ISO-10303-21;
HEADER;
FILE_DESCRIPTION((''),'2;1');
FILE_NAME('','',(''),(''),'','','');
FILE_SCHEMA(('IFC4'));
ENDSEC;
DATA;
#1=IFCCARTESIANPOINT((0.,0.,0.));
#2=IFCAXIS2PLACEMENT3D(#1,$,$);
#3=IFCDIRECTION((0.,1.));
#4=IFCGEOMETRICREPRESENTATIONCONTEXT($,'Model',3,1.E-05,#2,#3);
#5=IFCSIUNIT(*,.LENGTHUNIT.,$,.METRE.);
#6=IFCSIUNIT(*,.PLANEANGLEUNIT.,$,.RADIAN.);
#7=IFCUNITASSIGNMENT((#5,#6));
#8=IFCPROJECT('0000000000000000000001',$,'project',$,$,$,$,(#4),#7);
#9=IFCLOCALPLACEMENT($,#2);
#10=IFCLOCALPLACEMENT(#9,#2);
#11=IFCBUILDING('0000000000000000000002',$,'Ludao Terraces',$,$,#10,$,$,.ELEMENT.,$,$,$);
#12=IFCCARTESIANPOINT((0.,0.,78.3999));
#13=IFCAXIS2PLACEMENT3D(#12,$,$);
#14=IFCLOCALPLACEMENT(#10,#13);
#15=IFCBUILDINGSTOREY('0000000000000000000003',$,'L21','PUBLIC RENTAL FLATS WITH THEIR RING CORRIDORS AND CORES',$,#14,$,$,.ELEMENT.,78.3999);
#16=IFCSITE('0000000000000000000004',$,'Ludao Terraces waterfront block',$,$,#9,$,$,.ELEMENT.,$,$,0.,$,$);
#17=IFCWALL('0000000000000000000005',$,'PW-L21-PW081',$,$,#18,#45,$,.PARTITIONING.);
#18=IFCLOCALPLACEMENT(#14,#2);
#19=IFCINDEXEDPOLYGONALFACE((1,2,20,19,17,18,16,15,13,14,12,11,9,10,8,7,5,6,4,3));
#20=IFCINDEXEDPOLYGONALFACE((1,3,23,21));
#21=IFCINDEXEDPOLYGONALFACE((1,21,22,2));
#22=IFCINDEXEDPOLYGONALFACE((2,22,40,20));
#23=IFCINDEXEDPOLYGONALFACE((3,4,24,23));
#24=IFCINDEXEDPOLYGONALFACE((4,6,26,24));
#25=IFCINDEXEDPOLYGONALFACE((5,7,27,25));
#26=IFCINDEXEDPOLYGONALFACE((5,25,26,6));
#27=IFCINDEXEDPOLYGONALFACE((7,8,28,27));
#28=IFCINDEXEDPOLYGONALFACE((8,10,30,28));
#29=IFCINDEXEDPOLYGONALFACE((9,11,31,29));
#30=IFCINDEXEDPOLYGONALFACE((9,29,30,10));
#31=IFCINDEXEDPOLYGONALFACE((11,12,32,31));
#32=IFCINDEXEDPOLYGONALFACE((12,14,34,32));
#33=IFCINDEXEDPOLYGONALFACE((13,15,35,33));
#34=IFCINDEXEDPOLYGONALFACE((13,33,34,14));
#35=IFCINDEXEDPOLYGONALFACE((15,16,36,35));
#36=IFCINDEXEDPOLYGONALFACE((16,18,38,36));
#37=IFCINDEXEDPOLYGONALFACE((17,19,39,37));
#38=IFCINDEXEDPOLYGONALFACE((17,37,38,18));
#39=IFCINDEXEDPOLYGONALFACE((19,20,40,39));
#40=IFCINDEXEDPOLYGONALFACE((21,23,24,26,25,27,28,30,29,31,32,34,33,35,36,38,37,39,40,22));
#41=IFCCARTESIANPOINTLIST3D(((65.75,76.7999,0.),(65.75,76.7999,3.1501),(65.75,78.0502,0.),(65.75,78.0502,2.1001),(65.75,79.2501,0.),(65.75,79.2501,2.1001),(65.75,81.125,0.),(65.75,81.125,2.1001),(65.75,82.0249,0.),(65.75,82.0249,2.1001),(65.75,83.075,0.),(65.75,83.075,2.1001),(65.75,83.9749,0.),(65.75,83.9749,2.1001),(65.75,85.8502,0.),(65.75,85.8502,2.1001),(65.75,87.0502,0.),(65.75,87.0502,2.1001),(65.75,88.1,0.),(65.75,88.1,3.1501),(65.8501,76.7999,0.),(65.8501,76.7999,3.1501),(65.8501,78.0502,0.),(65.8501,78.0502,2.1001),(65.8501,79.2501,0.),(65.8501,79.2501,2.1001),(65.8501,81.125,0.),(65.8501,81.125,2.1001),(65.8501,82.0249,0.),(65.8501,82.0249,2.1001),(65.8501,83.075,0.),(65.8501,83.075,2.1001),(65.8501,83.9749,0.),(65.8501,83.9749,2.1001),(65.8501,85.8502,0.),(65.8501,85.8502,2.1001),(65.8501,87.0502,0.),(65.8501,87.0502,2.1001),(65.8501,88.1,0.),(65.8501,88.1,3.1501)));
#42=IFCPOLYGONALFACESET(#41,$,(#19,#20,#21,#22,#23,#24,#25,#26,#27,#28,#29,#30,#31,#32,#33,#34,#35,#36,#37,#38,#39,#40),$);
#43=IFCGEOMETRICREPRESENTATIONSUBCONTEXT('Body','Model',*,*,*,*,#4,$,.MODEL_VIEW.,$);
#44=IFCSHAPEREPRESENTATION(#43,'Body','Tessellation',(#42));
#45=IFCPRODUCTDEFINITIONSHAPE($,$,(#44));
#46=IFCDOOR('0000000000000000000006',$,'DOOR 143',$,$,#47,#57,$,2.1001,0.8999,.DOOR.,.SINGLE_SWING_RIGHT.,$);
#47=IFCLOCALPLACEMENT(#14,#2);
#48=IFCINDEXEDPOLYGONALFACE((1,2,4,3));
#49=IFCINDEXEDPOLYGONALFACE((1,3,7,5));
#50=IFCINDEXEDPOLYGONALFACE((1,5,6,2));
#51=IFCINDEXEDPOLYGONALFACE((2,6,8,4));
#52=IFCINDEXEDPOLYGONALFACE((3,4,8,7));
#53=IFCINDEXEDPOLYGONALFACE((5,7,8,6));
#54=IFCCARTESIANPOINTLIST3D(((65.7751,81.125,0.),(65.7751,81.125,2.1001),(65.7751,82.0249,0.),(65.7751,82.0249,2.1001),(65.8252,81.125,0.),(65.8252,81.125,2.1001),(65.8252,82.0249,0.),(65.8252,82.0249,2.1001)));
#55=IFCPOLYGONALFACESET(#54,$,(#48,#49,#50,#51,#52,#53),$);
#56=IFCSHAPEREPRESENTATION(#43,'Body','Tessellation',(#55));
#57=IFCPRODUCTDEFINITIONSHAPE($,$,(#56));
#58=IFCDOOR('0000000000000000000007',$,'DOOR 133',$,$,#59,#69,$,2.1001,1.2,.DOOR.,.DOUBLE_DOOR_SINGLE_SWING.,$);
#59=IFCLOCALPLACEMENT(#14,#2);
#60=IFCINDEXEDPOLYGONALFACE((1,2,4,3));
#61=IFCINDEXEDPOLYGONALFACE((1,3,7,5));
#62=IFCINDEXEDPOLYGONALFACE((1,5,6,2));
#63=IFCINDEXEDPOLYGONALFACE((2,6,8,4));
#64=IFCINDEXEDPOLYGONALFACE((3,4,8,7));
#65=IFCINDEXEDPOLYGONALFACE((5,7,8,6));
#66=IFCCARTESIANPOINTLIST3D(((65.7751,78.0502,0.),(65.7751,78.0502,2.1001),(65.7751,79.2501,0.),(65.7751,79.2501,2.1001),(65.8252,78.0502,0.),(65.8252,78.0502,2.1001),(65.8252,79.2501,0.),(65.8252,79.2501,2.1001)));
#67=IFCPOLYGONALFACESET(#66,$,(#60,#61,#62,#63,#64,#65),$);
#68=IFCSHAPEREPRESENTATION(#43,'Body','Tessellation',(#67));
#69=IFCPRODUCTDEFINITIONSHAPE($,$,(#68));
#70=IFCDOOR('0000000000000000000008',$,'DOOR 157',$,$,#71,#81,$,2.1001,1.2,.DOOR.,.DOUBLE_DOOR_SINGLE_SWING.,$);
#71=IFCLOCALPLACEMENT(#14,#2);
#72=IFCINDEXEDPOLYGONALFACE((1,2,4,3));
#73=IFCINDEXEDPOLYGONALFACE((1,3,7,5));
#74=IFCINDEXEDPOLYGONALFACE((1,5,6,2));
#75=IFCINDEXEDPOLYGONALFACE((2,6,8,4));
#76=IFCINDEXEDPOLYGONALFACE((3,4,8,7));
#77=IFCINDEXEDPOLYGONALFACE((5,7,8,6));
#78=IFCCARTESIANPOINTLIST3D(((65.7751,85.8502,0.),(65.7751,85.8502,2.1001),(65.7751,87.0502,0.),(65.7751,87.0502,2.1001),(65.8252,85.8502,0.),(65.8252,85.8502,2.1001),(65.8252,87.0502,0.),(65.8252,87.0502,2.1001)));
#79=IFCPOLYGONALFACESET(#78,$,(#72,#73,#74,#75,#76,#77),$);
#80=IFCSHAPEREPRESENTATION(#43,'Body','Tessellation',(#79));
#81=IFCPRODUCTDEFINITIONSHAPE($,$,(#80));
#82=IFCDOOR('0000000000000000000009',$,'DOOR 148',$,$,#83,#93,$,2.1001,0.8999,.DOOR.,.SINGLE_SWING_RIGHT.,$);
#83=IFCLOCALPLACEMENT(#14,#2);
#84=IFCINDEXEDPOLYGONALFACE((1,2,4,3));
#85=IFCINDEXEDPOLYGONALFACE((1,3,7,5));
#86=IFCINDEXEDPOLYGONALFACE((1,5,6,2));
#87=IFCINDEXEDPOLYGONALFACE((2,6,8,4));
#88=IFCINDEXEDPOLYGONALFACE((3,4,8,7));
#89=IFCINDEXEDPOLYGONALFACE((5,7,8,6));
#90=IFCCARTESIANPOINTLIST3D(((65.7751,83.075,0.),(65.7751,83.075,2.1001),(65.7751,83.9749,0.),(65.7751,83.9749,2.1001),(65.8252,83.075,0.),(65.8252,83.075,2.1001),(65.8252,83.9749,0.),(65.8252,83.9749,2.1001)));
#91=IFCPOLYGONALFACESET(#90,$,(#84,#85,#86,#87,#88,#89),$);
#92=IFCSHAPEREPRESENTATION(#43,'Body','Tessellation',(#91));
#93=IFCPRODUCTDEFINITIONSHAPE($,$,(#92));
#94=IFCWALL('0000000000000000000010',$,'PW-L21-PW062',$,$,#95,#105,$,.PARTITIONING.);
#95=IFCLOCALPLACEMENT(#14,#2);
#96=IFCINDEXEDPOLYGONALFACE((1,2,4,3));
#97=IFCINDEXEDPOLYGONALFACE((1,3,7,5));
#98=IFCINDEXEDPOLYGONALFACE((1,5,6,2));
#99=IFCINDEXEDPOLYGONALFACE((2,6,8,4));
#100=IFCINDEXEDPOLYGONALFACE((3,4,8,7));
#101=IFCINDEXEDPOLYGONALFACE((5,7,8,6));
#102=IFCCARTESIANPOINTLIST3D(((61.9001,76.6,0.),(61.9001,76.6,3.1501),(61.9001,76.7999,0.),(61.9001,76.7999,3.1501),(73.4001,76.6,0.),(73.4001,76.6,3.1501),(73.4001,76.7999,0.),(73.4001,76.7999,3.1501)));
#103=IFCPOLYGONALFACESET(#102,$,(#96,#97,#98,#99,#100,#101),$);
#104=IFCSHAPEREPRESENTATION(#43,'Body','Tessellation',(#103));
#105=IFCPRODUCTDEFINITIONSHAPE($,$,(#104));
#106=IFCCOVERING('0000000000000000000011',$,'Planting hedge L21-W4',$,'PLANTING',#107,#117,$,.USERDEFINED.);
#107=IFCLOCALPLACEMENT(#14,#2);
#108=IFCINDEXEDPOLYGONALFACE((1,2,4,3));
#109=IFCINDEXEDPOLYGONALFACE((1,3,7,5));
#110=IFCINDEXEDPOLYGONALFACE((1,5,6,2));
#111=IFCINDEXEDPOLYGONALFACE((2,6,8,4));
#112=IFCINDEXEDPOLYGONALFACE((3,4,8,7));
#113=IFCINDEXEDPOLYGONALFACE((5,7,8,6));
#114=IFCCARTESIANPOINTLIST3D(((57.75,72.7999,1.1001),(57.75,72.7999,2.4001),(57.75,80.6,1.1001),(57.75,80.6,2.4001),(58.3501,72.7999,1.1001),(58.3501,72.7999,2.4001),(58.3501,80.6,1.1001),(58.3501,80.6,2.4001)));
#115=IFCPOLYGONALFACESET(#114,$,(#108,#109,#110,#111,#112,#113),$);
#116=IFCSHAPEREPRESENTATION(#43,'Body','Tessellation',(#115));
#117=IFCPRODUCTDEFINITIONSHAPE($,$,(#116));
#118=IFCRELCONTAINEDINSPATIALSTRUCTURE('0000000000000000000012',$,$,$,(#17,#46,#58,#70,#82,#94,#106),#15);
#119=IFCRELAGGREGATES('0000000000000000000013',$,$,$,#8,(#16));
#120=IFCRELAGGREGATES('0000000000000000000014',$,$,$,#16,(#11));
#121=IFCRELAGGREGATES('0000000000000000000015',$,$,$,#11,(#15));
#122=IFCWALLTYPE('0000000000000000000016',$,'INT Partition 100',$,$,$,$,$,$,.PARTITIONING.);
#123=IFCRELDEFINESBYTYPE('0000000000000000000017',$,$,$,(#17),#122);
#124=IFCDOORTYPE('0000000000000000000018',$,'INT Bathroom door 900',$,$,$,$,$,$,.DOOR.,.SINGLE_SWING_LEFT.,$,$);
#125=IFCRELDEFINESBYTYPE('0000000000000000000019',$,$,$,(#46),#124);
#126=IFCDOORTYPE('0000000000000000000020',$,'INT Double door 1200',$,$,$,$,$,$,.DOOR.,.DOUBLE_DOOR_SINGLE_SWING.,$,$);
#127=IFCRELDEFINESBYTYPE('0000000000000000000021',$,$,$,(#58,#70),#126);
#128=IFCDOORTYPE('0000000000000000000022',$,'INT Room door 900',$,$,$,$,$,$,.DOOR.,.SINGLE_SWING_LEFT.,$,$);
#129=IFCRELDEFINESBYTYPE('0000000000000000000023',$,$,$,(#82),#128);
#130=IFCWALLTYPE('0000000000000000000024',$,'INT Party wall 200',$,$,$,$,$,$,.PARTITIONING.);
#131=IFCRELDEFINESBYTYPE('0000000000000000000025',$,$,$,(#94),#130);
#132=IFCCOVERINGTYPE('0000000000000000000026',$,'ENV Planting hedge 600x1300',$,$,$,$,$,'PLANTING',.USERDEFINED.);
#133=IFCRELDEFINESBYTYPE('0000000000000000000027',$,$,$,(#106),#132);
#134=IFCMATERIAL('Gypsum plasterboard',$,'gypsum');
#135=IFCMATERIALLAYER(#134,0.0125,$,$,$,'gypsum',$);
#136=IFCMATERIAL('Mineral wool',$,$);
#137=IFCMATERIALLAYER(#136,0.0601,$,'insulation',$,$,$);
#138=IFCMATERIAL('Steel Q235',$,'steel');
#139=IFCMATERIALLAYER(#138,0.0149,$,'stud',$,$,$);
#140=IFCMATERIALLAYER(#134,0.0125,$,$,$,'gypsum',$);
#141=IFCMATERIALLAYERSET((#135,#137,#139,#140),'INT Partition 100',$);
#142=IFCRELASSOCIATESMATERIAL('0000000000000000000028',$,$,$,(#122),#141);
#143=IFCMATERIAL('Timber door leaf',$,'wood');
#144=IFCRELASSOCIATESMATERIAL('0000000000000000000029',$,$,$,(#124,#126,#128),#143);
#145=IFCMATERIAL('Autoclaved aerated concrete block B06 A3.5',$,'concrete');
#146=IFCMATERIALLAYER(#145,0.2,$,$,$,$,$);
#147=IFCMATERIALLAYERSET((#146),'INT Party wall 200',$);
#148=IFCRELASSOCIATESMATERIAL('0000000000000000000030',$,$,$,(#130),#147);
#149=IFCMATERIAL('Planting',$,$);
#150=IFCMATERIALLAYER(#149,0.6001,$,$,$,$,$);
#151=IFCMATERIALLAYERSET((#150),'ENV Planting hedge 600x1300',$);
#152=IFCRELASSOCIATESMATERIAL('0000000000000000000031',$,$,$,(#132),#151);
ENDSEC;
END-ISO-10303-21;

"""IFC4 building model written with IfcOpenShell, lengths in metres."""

from ifc_helpers import new_model, si_unit, direction, frame, frame_2d, origin, origin_2d, place, context, subcontext, project, spatial, rectangle, extrude, material, layer, layer_set, type_object, element, fill, save


model = new_model("IFC4")

# Units and contexts
model_context = context("Model", 3, precision=1e-05, world=origin(), true_north=direction((0.0, 1.0)))
body_context = subcontext(model_context, "Body", "Model", "MODEL_VIEW")
ifc_project = project(units=[si_unit("LENGTHUNIT", "METRE"), si_unit("PLANEANGLEUNIT", "RADIAN")], contexts=[model_context])

# Site, building, storey
site_placement = place(None, origin())
site = spatial("IfcSite", under=ifc_project, at=site_placement, Name="Ludao Terraces waterfront block", CompositionType="ELEMENT", RefElevation=0.0)
building_placement = place(site_placement, origin())
building = spatial("IfcBuilding", under=site, at=building_placement, Name="Ludao Terraces", CompositionType="ELEMENT")
storey_placement = place(building_placement, frame((0.0, 0.0, 78.3999)))
storey = spatial("IfcBuildingStorey", under=building, at=storey_placement, Name="L21", Description="PUBLIC RENTAL FLATS WITH THEIR RING CORRIDORS AND CORES", CompositionType="ELEMENT", Elevation=78.3999)

# Shared definitions
ifc_material_1 = material(Name="Mineral wool")

# Shared definitions
ifc_material_2 = material(Name="Gypsum plasterboard", Category="gypsum")
ifc_layer_1 = layer(ifc_material_2, 0.0125, Category="gypsum")
ifc_layer_2 = layer(ifc_material_1, 0.0601, Name="insulation")
ifc_material_3 = material(Name="Steel Q235", Category="steel")
ifc_layer_3 = layer(ifc_material_3, 0.0149, Name="stud")
ifc_layer_4 = layer(ifc_material_2, 0.0125, Category="gypsum")
ifc_layer_set_1 = layer_set([ifc_layer_1, ifc_layer_2, ifc_layer_3, ifc_layer_4], Name="INT Partition 100")
wall_type_1 = type_object("IfcWallType", Name="INT Partition 100", PredefinedType="PARTITIONING", material=ifc_layer_set_1)

# Wall, openings, doors
wall_1_placement = place(storey_placement, frame((65.8, 76.8, 0.0), z_axis=(0.0, 0.0, 1.0), x_axis=(0.0, 1.0, 0.0)))
wall_1 = element("IfcWall", 1, at=wall_1_placement, inside=storey, type_object=wall_type_1, Name="PW-L21-PW081", PredefinedType="PARTITIONING", context=body_context, shape_type="SweptSolid", body=[
    extrude(rectangle(XDim=11.3, YDim=0.1001, at=frame_2d((5.6499, 0.0))), origin(), (0.0, 0.0, 1.0), 3.1501),
])
opening_1_placement = place(wall_1_placement, frame((1.25, 0.0, 0.0)))
opening_1 = element("IfcOpeningElement", 2, at=opening_1_placement, cuts=wall_1, PredefinedType="OPENING", context=body_context, shape_type="SweptSolid", body=[
    extrude(rectangle(XDim=1.2, YDim=2.1001, at=frame_2d((0.6001, 1.05))), frame((0.0, 0.0601, 0.0), z_axis=(0.0, -1.0, 0.0), x_axis=(1.0, 0.0, 0.0)), (0.0, 0.0, 1.0), 0.1201),
])
opening_2_placement = place(wall_1_placement, frame((4.325, 0.0, 0.0)))
opening_2 = element("IfcOpeningElement", 3, at=opening_2_placement, cuts=wall_1, PredefinedType="OPENING", context=body_context, shape_type="SweptSolid", body=[
    extrude(rectangle(XDim=0.8999, YDim=2.1001, at=frame_2d((0.45, 1.05))), frame((0.0, 0.0601, 0.0), z_axis=(0.0, -1.0, 0.0), x_axis=(1.0, 0.0, 0.0)), (0.0, 0.0, 1.0), 0.1201),
])
opening_3_placement = place(wall_1_placement, frame((6.2749, 0.0, 0.0)))
opening_3 = element("IfcOpeningElement", 4, at=opening_3_placement, cuts=wall_1, PredefinedType="OPENING", context=body_context, shape_type="SweptSolid", body=[
    extrude(rectangle(XDim=0.8999, YDim=2.1001, at=frame_2d((0.45, 1.05))), frame((0.0, 0.0601, 0.0), z_axis=(0.0, -1.0, 0.0), x_axis=(1.0, 0.0, 0.0)), (0.0, 0.0, 1.0), 0.1201),
])
opening_4_placement = place(wall_1_placement, frame((9.05, 0.0, 0.0)))
opening_4 = element("IfcOpeningElement", 5, at=opening_4_placement, cuts=wall_1, PredefinedType="OPENING", context=body_context, shape_type="SweptSolid", body=[
    extrude(rectangle(XDim=1.2, YDim=2.1001, at=frame_2d((0.6001, 1.05))), frame((0.0, 0.0601, 0.0), z_axis=(0.0, -1.0, 0.0), x_axis=(1.0, 0.0, 0.0)), (0.0, 0.0, 1.0), 0.1201),
])
ifc_material_4 = material(Name="Timber door leaf", Category="wood")
door_type_1 = type_object("IfcDoorType", Name="INT Bathroom door 900", OperationType="SINGLE_SWING_LEFT", PredefinedType="DOOR", material=ifc_material_4)
door_1_placement = place(opening_2_placement, origin())
door_1 = element("IfcDoor", 6, at=door_1_placement, inside=storey, type_object=door_type_1, Name="DOOR 143", OperationType="SINGLE_SWING_RIGHT", OverallHeight=2.1001, OverallWidth=0.8999, PredefinedType="DOOR", context=body_context, shape_type="SweptSolid", body=[
    extrude(rectangle(XDim=0.8999, YDim=2.1001, at=frame_2d((0.45, 1.05))), frame((0.0, 0.0249, 0.0), z_axis=(0.0, -1.0, 0.0), x_axis=(1.0, 0.0, 0.0)), (0.0, 0.0, 1.0), 0.05),
])
fill(opening_2, door_1)
door_type_2 = type_object("IfcDoorType", Name="INT Double door 1200", OperationType="DOUBLE_DOOR_SINGLE_SWING", PredefinedType="DOOR", material=ifc_material_4)
door_2_placement = place(opening_1_placement, origin())
door_2 = element("IfcDoor", 7, at=door_2_placement, inside=storey, type_object=door_type_2, Name="DOOR 133", OperationType="DOUBLE_DOOR_SINGLE_SWING", OverallHeight=2.1001, OverallWidth=1.2, PredefinedType="DOOR", context=body_context, shape_type="SweptSolid", body=[
    extrude(rectangle(XDim=1.2, YDim=2.1001, at=frame_2d((0.6001, 1.05))), frame((0.0, 0.0249, 0.0), z_axis=(0.0, -1.0, 0.0), x_axis=(1.0, 0.0, 0.0)), (0.0, 0.0, 1.0), 0.05),
])
fill(opening_1, door_2)
door_3_placement = place(opening_4_placement, origin())
door_3 = element("IfcDoor", 8, at=door_3_placement, inside=storey, type_object=door_type_2, Name="DOOR 157", OperationType="DOUBLE_DOOR_SINGLE_SWING", OverallHeight=2.1001, OverallWidth=1.2, PredefinedType="DOOR", context=body_context, shape_type="SweptSolid", body=[
    extrude(rectangle(XDim=1.2, YDim=2.1001, at=frame_2d((0.6001, 1.05))), frame((0.0, 0.0249, 0.0), z_axis=(0.0, -1.0, 0.0), x_axis=(1.0, 0.0, 0.0)), (0.0, 0.0, 1.0), 0.05),
])
fill(opening_4, door_3)
door_type_3 = type_object("IfcDoorType", Name="INT Room door 900", OperationType="SINGLE_SWING_LEFT", PredefinedType="DOOR", material=ifc_material_4)
door_4_placement = place(opening_3_placement, origin())
door_4 = element("IfcDoor", 9, at=door_4_placement, inside=storey, type_object=door_type_3, Name="DOOR 148", OperationType="SINGLE_SWING_RIGHT", OverallHeight=2.1001, OverallWidth=0.8999, PredefinedType="DOOR", context=body_context, shape_type="SweptSolid", body=[
    extrude(rectangle(XDim=0.8999, YDim=2.1001, at=frame_2d((0.45, 1.05))), frame((0.0, 0.0249, 0.0), z_axis=(0.0, -1.0, 0.0), x_axis=(1.0, 0.0, 0.0)), (0.0, 0.0, 1.0), 0.05),
])
fill(opening_3, door_4)

# Wall
ifc_material_5 = material(Name="Autoclaved aerated concrete block B06 A3.5", Category="concrete")
ifc_layer_5 = layer(ifc_material_5, 0.2)
ifc_layer_set_2 = layer_set([ifc_layer_5], Name="INT Party wall 200")
wall_type_2 = type_object("IfcWallType", Name="INT Party wall 200", PredefinedType="PARTITIONING", material=ifc_layer_set_2)
wall_2_placement = place(storey_placement, frame((61.9001, 76.7, 0.0), z_axis=(0.0, 0.0, 1.0), x_axis=(1.0, 0.0, 0.0)))
element("IfcWall", 10, at=wall_2_placement, inside=storey, type_object=wall_type_2, Name="PW-L21-PW062", PredefinedType="PARTITIONING", context=body_context, shape_type="SweptSolid", body=[
    extrude(rectangle(XDim=11.5, YDim=0.2, at=frame_2d((5.75, 0.0))), origin(), (0.0, 0.0, 1.0), 3.1501),
])

# Covering
ifc_material_6 = material(Name="Planting")
ifc_layer_6 = layer(ifc_material_6, 0.6001)
ifc_layer_set_3 = layer_set([ifc_layer_6], Name="ENV Planting hedge 600x1300")
covering_type = type_object("IfcCoveringType", Name="ENV Planting hedge 600x1300", ElementType="PLANTING", PredefinedType="USERDEFINED", material=ifc_layer_set_3)
covering_placement = place(storey_placement, frame((58.05, 76.7, 1.1001), z_axis=(0.0, 0.0, 1.0), x_axis=(1.0, 0.0, 0.0)))
element("IfcCovering", 11, at=covering_placement, inside=storey, type_object=covering_type, Name="Planting hedge L21-W4", ObjectType="PLANTING", PredefinedType="USERDEFINED", context=body_context, shape_type="SweptSolid", body=[
    extrude(rectangle(XDim=0.6001, YDim=7.8, at=origin_2d()), origin(), (0.0, 0.0, 1.0), 1.3),
])

save(model, "model.ifc")
